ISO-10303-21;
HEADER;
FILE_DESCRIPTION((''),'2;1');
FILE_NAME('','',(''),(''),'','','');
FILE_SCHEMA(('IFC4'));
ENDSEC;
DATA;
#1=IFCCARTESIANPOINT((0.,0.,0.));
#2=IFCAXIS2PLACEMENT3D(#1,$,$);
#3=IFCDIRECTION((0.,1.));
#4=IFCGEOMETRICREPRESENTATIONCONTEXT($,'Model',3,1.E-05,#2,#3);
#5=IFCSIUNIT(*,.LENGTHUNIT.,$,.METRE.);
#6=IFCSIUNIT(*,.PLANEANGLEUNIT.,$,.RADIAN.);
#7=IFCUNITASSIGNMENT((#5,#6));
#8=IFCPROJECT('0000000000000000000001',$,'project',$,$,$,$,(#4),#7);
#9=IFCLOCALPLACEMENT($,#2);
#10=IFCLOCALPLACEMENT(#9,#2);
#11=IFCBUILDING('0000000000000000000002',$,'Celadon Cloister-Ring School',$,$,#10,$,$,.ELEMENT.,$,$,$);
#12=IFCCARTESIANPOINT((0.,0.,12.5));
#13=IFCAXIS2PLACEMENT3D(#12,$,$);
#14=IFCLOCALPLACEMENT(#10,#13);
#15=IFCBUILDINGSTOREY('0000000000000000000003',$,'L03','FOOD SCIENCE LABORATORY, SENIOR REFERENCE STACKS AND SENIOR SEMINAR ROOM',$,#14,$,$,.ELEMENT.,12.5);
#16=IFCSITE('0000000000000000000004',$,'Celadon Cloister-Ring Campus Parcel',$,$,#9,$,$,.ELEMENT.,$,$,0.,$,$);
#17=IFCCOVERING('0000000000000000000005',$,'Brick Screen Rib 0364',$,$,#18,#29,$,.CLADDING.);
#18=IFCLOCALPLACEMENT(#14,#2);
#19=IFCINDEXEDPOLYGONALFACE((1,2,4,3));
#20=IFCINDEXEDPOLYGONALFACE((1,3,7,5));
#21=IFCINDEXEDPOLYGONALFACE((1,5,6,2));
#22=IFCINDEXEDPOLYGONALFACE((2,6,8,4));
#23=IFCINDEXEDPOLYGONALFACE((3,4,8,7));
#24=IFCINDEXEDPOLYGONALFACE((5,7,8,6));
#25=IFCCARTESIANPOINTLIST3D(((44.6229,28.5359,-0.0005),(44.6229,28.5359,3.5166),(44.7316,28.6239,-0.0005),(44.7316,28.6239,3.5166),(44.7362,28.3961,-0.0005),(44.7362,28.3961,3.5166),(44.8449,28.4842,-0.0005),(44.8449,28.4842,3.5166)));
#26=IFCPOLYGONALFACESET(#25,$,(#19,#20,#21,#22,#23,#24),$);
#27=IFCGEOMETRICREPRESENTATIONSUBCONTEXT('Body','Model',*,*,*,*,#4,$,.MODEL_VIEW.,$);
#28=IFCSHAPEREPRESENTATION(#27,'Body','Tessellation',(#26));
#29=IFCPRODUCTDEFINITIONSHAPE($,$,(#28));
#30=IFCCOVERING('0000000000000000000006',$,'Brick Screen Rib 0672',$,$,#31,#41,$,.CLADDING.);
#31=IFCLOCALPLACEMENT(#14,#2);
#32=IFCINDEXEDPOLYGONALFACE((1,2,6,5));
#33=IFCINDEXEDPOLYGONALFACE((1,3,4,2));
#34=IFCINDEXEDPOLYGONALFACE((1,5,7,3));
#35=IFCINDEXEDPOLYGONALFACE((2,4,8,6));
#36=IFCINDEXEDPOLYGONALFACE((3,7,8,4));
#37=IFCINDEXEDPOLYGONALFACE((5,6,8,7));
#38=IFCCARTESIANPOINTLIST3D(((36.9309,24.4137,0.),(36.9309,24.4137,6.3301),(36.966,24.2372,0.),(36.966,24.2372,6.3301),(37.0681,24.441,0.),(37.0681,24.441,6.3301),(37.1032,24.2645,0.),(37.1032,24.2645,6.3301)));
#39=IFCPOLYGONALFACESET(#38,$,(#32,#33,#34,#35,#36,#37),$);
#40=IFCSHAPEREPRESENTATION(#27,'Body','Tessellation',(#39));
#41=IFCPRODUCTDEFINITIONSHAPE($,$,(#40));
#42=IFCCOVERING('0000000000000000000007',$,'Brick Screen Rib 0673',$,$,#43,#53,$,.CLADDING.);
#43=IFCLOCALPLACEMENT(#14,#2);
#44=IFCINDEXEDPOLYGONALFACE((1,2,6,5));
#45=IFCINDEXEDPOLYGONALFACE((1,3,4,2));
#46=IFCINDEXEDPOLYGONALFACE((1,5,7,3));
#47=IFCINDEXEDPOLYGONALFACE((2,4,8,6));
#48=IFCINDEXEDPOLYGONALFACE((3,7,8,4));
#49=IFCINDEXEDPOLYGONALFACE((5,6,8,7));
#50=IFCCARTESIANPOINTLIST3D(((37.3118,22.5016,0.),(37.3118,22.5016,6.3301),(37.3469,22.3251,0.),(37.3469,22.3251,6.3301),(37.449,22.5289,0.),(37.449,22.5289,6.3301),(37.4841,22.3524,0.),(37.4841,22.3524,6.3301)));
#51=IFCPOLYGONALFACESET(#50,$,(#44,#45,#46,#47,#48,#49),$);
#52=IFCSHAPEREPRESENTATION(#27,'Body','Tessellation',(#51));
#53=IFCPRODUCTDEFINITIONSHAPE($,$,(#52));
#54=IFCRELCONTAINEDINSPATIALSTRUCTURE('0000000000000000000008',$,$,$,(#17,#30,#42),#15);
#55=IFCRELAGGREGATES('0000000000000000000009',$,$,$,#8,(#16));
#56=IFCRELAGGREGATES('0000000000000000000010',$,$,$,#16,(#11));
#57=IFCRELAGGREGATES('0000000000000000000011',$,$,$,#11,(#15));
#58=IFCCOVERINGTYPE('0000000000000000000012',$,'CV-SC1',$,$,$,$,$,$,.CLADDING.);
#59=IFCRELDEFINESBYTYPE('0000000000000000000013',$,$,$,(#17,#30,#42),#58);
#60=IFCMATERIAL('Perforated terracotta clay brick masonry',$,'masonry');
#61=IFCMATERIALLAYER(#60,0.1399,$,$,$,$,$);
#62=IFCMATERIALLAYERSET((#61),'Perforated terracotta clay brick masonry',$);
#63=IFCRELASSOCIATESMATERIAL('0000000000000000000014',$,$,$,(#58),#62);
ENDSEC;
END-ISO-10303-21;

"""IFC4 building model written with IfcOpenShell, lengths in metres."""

from ifc_helpers import new_model, si_unit, direction, frame, origin, origin_2d, place, context, subcontext, project, spatial, rectangle, extrude, material, layer, layer_set, type_object, element, save


model = new_model("IFC4")

# Units and contexts
model_context = context("Model", 3, precision=1e-05, world=origin(), true_north=direction((0.0, 1.0)))
body_context = subcontext(model_context, "Body", "Model", "MODEL_VIEW")
ifc_project = project(units=[si_unit("LENGTHUNIT", "METRE"), si_unit("PLANEANGLEUNIT", "RADIAN")], contexts=[model_context])

# Site, building, storey
site_placement = place(None, origin())
site = spatial("IfcSite", under=ifc_project, at=site_placement, Name="Celadon Cloister-Ring Campus Parcel", CompositionType="ELEMENT", RefElevation=0.0)
building_placement = place(site_placement, origin())
building = spatial("IfcBuilding", under=site, at=building_placement, Name="Celadon Cloister-Ring School", CompositionType="ELEMENT")
storey_placement = place(building_placement, frame((0.0, 0.0, 12.5)))
storey = spatial("IfcBuildingStorey", under=building, at=storey_placement, Name="L03", Description="FOOD SCIENCE LABORATORY, SENIOR REFERENCE STACKS AND SENIOR SEMINAR ROOM", CompositionType="ELEMENT", Elevation=12.5)

# Coverings
ifc_material_1 = material(Name="Perforated terracotta clay brick masonry", Category="masonry")
ifc_layer_1 = layer(ifc_material_1, 0.1399)
ifc_layer_set_1 = layer_set([ifc_layer_1], Name="Perforated terracotta clay brick masonry")
covering_type = type_object("IfcCoveringType", Name="CV-SC1", PredefinedType="CLADDING", material=ifc_layer_set_1)
covering_placement = place(storey_placement, frame((44.7339, 28.51, -0.0005), z_axis=(0.0, 0.0, 1.0), x_axis=(-0.629605, 0.776915, 0.0)))
element("IfcCovering", 1, at=covering_placement, inside=storey, type_object=covering_type, Name="Brick Screen Rib 0364", PredefinedType="CLADDING", context=body_context, shape_type="SweptSolid", body=[
    extrude(rectangle(XDim=0.1799, YDim=0.1399, at=origin_2d()), origin(), (0.0, 0.0, 1.0), 3.5171),
])
for number, where, z_axis, x_axis, name in (
    (2, (37.0171, 24.3391, 0.0), (0.0, 0.0, 1.0), (0.195142, -0.980775, 0.0), "Brick Screen Rib 0672"),
    (3, (37.3979, 22.427, 0.0), (0.0, 0.0, 1.0), (0.195142, -0.980775, 0.0), "Brick Screen Rib 0673"),
):
    element("IfcCovering", number, at=place(storey_placement, frame(where, z_axis=z_axis, x_axis=x_axis)), inside=storey, type_object=covering_type, Name=name, PredefinedType="CLADDING", context=body_context, shape_type="SweptSolid", body=[
        extrude(rectangle(XDim=0.1799, YDim=0.1399, at=origin_2d()), origin(), (0.0, 0.0, 1.0), 6.3301),
    ])

save(model, "model.ifc")
